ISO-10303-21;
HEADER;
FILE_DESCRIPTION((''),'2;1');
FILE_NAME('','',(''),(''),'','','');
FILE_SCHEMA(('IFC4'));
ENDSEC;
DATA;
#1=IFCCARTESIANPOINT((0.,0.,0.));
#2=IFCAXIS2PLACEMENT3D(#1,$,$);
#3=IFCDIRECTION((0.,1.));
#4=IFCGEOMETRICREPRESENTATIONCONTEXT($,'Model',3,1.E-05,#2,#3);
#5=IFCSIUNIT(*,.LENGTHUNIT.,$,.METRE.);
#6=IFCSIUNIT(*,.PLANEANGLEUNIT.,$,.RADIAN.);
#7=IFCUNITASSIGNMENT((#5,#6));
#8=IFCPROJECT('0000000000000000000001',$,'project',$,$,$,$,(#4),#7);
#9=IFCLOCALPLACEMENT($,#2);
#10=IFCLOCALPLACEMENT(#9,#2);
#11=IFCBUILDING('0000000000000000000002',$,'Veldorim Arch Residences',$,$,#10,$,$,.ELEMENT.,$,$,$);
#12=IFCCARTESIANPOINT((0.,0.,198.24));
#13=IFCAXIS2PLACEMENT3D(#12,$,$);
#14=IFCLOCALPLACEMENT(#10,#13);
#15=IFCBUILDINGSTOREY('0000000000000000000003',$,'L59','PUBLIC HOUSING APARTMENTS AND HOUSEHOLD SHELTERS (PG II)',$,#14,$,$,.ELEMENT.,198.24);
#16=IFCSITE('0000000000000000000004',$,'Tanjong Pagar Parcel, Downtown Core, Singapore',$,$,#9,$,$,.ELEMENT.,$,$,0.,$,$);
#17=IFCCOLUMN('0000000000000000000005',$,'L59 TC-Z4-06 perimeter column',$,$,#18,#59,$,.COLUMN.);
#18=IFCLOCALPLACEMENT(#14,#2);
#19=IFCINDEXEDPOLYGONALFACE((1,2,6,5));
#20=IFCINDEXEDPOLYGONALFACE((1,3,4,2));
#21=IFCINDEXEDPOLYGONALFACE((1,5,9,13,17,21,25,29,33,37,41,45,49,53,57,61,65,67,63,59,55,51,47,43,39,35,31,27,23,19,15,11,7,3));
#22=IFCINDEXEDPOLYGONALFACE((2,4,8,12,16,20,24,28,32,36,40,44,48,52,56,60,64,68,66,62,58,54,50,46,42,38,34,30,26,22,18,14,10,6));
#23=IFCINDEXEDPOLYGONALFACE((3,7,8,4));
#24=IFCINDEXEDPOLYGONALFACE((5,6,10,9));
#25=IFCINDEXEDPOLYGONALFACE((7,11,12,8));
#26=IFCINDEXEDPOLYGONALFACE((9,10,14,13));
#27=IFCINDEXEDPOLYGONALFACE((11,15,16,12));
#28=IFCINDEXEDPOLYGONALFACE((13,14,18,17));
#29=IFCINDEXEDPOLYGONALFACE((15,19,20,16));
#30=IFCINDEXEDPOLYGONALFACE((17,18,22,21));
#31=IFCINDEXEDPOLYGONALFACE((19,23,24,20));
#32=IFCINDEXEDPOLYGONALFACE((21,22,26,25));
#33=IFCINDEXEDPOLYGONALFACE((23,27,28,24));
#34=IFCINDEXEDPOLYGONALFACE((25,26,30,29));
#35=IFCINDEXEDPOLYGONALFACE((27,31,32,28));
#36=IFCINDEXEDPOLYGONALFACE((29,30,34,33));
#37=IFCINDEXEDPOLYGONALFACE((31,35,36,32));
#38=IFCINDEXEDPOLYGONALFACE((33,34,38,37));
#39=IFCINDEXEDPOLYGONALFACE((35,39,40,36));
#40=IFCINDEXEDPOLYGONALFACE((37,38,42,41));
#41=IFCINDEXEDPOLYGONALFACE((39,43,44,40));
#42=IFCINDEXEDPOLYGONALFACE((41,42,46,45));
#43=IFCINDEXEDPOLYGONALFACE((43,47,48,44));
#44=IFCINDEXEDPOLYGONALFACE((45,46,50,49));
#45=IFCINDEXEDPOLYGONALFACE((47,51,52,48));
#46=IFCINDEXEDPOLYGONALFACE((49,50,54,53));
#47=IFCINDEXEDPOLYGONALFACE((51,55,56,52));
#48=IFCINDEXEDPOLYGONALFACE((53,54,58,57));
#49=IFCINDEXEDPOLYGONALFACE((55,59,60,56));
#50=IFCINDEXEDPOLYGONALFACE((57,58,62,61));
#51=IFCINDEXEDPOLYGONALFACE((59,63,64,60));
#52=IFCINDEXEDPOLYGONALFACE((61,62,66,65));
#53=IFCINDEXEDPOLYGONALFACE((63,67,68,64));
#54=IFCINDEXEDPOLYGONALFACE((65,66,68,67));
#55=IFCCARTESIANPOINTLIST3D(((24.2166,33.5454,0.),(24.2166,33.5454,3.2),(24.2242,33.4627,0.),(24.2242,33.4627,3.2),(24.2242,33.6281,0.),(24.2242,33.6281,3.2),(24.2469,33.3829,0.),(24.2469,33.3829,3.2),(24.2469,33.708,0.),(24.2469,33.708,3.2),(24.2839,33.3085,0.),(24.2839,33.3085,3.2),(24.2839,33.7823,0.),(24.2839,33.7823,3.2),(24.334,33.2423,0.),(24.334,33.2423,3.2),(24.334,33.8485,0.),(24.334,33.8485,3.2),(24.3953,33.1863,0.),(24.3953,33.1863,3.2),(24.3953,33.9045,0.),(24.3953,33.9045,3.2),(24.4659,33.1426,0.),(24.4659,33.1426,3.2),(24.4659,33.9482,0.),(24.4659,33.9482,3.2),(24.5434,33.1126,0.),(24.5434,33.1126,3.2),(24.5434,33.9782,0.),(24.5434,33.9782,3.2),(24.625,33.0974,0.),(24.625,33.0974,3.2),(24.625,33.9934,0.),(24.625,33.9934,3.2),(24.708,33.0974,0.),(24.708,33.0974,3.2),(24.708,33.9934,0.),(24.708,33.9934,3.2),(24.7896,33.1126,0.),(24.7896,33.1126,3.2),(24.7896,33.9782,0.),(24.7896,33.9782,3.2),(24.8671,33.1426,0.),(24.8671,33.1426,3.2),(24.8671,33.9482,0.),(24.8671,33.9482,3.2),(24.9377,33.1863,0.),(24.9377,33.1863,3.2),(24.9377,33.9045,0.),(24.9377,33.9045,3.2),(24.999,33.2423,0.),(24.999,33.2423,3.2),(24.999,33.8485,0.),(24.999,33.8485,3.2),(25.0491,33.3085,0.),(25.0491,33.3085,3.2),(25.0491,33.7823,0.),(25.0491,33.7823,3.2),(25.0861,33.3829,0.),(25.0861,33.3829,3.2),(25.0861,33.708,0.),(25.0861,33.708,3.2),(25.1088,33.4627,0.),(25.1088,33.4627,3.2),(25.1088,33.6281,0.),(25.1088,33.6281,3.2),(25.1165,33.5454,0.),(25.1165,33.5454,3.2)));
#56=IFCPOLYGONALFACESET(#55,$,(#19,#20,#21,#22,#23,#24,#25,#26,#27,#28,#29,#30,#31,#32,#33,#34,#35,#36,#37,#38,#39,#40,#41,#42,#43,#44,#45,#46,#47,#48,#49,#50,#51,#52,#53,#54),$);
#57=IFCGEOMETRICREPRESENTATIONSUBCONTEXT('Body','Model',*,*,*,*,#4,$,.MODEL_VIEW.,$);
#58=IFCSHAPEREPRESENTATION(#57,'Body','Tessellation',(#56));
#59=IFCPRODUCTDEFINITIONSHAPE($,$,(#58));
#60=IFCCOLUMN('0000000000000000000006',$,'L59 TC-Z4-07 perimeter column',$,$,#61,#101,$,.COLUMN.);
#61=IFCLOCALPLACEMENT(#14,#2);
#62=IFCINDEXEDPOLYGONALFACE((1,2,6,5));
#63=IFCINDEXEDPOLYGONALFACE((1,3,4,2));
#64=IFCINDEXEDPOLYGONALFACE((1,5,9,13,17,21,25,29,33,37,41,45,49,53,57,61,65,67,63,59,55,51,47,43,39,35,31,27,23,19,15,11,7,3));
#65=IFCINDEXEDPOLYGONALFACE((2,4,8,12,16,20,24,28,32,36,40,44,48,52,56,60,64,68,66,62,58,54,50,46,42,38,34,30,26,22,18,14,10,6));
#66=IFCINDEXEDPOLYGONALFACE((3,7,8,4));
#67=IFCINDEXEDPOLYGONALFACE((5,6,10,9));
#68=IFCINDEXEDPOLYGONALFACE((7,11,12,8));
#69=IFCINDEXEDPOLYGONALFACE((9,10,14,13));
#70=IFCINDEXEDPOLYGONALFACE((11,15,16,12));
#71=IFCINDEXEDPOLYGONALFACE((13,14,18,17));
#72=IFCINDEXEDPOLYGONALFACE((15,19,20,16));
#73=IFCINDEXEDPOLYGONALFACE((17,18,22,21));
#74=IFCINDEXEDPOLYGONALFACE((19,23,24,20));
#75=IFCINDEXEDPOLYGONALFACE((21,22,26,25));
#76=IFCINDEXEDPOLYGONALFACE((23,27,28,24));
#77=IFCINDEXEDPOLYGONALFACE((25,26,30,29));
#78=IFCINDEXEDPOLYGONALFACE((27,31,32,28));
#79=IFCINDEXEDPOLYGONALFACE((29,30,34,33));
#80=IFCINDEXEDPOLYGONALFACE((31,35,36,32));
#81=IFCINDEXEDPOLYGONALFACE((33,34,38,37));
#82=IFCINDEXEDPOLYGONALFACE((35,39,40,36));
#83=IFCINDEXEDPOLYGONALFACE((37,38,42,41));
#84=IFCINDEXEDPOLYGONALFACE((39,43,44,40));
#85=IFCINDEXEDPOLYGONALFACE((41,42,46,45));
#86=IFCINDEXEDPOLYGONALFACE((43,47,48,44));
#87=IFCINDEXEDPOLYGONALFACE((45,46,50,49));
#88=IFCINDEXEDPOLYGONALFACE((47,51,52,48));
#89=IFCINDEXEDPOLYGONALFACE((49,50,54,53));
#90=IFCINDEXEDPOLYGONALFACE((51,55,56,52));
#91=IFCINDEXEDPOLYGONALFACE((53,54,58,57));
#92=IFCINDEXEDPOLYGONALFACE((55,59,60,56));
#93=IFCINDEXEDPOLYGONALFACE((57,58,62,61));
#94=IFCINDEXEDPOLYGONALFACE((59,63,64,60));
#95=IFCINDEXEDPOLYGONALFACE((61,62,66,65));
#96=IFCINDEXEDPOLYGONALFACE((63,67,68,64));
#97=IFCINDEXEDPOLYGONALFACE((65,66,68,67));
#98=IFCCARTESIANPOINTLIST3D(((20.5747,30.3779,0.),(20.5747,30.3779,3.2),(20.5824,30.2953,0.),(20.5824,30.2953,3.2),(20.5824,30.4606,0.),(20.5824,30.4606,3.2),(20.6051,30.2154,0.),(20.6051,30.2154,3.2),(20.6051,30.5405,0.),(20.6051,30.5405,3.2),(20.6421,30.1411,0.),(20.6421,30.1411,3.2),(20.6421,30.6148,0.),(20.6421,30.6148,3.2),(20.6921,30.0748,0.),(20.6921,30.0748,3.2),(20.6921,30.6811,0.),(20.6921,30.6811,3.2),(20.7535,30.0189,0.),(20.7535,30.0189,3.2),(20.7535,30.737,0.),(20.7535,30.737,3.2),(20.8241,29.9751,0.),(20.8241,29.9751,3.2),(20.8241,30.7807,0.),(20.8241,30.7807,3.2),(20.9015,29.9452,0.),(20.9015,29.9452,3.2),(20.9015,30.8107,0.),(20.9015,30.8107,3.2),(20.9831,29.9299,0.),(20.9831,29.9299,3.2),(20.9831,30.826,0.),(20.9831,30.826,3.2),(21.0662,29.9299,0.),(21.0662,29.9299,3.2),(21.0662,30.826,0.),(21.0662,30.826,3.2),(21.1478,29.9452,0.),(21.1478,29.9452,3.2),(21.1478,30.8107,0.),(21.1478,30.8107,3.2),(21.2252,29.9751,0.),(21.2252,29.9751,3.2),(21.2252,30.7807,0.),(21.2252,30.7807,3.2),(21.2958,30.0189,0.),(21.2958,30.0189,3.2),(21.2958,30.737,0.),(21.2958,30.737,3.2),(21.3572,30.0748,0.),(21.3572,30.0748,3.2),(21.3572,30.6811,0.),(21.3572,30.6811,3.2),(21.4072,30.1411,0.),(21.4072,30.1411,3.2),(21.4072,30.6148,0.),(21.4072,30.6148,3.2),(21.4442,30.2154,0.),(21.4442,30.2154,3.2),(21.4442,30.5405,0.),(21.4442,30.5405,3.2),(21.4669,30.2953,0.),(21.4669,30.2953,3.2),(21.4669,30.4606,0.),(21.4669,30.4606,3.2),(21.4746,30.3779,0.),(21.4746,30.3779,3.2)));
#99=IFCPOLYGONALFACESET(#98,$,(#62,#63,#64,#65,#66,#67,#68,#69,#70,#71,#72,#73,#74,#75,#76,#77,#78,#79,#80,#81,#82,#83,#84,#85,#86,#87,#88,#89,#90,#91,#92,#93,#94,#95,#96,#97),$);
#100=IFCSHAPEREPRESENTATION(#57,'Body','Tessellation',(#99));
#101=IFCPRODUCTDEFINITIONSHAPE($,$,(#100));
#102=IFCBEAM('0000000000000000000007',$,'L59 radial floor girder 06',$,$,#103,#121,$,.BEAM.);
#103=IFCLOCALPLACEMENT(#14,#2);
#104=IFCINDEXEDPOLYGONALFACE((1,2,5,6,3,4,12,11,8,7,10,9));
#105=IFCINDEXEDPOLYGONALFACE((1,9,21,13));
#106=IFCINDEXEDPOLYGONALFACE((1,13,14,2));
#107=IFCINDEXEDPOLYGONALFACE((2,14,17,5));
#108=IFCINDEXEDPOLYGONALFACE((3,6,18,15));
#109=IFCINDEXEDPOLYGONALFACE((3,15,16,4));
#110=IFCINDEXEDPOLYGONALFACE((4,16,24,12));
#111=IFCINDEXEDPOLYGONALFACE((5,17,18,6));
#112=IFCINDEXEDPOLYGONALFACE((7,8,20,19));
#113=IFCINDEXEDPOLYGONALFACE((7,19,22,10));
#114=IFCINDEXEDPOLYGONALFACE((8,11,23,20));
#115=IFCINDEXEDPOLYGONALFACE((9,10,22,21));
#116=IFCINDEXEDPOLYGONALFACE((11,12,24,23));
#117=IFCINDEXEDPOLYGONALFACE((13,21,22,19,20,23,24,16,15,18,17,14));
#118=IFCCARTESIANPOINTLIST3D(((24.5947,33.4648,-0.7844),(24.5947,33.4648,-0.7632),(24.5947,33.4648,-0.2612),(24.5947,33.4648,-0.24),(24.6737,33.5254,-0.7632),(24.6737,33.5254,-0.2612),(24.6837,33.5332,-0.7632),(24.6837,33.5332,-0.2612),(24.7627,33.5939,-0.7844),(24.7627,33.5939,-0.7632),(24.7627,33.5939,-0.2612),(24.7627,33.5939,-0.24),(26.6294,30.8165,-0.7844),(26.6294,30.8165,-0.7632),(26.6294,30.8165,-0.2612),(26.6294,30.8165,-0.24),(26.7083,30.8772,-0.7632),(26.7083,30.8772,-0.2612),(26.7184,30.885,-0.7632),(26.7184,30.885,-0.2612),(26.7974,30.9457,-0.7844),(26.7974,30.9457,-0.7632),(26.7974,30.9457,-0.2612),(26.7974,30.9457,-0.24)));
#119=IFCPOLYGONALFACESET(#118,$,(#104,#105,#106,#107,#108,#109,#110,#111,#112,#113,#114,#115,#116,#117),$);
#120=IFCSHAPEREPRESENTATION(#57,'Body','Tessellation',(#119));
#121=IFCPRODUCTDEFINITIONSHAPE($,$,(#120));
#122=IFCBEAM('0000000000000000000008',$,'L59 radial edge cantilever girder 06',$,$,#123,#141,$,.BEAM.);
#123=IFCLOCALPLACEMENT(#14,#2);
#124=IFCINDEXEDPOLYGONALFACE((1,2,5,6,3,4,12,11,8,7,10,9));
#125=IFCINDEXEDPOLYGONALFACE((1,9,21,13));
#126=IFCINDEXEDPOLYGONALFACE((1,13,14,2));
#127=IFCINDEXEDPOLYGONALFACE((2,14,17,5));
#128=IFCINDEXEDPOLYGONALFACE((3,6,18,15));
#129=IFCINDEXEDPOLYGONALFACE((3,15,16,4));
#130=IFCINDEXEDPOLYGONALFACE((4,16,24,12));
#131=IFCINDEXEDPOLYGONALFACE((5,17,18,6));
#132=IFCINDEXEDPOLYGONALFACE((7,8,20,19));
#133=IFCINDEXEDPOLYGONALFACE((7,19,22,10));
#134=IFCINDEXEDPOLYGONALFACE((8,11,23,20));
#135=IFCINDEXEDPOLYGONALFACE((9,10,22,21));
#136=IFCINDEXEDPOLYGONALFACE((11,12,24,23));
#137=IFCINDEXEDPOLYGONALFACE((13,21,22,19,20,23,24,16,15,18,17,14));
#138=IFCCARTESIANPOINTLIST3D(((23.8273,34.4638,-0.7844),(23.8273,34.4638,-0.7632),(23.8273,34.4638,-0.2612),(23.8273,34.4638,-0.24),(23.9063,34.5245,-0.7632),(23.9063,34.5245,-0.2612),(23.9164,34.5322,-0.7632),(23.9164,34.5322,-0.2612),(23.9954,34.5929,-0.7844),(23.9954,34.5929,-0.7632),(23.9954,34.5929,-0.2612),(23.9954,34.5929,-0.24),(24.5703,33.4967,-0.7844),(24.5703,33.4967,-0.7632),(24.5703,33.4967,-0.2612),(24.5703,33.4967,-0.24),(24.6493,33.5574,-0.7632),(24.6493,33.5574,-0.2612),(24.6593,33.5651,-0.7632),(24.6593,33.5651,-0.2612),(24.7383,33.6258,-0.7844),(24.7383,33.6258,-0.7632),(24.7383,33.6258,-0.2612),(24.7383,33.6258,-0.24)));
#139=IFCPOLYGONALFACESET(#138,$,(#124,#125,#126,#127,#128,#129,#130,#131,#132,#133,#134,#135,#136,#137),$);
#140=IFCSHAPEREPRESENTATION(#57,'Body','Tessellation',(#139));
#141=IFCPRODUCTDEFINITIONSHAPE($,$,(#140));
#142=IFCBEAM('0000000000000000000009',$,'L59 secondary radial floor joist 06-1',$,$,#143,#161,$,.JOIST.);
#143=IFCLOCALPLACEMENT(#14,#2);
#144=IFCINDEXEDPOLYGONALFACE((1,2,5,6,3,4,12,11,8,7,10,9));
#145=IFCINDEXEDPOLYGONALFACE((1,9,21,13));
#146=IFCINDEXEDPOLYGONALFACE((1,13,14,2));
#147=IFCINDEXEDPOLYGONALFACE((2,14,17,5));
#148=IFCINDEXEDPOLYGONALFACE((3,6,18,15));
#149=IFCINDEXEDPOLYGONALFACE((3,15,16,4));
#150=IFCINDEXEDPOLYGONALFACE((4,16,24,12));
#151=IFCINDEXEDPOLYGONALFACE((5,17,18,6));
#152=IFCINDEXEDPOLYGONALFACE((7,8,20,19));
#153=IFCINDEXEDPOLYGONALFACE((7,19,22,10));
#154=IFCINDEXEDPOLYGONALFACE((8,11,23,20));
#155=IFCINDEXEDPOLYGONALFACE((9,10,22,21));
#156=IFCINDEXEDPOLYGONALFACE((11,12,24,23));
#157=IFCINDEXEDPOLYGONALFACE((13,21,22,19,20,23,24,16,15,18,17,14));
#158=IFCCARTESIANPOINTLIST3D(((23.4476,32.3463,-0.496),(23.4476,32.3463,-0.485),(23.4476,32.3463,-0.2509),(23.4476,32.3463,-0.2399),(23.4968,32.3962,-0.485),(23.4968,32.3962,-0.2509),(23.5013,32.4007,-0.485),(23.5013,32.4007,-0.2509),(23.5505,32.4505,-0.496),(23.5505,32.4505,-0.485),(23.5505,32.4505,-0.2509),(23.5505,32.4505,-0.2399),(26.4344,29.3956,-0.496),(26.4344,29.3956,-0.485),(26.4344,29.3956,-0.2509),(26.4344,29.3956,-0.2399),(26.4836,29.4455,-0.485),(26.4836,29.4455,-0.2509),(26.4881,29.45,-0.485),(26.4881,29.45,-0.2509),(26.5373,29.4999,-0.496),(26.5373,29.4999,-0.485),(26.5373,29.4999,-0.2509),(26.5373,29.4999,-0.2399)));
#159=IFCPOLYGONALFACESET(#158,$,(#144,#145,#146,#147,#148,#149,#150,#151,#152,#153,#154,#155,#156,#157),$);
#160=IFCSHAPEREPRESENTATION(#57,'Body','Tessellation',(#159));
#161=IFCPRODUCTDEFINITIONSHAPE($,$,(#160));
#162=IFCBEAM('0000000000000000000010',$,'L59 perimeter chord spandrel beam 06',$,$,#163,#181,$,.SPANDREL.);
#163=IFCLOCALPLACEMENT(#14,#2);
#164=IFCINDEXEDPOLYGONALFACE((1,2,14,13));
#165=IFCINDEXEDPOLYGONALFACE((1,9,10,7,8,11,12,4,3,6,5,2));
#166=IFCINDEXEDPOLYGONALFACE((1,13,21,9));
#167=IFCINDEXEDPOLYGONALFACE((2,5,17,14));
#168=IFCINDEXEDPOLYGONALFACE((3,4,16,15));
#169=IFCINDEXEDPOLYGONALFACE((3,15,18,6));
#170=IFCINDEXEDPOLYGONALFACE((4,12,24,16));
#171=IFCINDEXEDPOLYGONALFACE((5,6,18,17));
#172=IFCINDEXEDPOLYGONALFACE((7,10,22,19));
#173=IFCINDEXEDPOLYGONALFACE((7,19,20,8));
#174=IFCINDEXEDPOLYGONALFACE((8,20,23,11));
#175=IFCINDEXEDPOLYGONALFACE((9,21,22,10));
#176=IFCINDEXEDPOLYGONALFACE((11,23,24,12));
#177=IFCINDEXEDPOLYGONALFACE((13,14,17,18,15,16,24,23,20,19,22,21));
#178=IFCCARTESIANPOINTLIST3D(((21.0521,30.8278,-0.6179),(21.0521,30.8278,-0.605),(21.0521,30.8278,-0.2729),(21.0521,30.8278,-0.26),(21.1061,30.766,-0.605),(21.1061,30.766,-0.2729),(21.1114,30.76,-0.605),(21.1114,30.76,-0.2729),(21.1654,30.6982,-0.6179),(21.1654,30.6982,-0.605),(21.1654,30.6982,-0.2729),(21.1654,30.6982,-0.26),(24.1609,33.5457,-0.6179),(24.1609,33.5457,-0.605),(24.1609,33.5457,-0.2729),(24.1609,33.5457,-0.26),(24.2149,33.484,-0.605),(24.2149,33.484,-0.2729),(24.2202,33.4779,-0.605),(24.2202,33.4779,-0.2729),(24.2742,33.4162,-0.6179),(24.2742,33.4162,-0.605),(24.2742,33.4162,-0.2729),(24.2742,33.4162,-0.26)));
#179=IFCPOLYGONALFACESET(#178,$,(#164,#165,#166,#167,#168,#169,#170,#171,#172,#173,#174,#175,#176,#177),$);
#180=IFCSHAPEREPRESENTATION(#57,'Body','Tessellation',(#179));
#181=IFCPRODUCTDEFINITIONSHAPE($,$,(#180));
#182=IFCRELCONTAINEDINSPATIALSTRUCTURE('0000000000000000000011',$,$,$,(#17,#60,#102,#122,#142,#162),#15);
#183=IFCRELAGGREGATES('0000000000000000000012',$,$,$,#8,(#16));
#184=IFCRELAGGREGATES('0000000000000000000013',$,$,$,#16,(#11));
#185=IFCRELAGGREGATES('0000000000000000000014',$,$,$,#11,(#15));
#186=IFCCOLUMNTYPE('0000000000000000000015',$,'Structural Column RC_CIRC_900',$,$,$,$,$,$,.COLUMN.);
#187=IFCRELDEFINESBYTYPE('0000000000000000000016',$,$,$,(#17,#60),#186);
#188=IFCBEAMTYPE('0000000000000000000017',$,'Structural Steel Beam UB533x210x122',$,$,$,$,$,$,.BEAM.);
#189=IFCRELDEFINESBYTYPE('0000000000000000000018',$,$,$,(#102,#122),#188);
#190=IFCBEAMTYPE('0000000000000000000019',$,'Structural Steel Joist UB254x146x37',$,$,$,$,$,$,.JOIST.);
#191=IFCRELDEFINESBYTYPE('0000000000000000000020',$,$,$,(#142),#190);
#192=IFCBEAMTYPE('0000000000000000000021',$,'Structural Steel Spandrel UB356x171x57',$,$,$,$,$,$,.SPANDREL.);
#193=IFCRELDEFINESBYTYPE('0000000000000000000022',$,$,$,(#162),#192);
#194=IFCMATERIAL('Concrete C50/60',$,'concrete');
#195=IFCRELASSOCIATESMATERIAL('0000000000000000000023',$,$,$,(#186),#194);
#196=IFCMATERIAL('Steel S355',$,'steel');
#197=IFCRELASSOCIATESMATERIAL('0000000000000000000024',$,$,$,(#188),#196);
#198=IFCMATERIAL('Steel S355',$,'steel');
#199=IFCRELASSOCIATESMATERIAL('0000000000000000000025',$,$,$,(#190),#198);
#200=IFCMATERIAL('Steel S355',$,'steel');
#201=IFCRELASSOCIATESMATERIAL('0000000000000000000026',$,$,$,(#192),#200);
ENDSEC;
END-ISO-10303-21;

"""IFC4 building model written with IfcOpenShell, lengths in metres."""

from ifc_helpers import new_model, si_unit, direction, frame, origin, origin_2d, place, context, subcontext, project, spatial, circle, i_section, extrude, material, material_profile, profile_set, type_object, element, save


model = new_model("IFC4")

# Units and contexts
model_context = context("Model", 3, precision=1e-05, world=origin(), true_north=direction((0.0, 1.0)))
body_context = subcontext(model_context, "Body", "Model", "MODEL_VIEW")
ifc_project = project(units=[si_unit("LENGTHUNIT", "METRE"), si_unit("PLANEANGLEUNIT", "RADIAN")], contexts=[model_context])

# Site, building, storey
site_placement = place(None, origin())
site = spatial("IfcSite", under=ifc_project, at=site_placement, Name="Tanjong Pagar Parcel, Downtown Core, Singapore", CompositionType="ELEMENT", RefElevation=0.0)
building_placement = place(site_placement, origin())
building = spatial("IfcBuilding", under=site, at=building_placement, Name="Veldorim Arch Residences", CompositionType="ELEMENT")
storey_placement = place(building_placement, frame((0.0, 0.0, 198.24)))
storey = spatial("IfcBuildingStorey", under=building, at=storey_placement, Name="L59", Description="PUBLIC HOUSING APARTMENTS AND HOUSEHOLD SHELTERS (PG II)", CompositionType="ELEMENT", Elevation=198.24)

# Columns
ifc_material_1 = material(Name="Concrete C50/60", Category="concrete")
ifc_material_profile_1 = material_profile(ifc_material_1, circle(Radius=0.45, at=origin_2d()), Name="RC_CIRC_900")
ifc_profile_set_1 = profile_set([ifc_material_profile_1], Name="Concrete C50/60")
column_type = type_object("IfcColumnType", Name="Structural Column RC_CIRC_900", PredefinedType="COLUMN", material=ifc_profile_set_1)
for number, where, z_axis, x_axis, name in (
    (1, (24.6665, 33.5454, 0.0), (0.0, 0.0, 1.0), (1.0, 0.0, 0.0), "L59 TC-Z4-06 perimeter column"),
    (2, (21.0247, 30.3779, 0.0), (0.0, 0.0, 1.0), (1.0, 0.0, 0.0), "L59 TC-Z4-07 perimeter column"),
):
    element("IfcColumn", number, at=place(storey_placement, frame(where, z_axis=z_axis, x_axis=x_axis)), inside=storey, type_object=column_type, Name=name, PredefinedType="COLUMN", context=body_context, shape_type="SweptSolid", body=[
        extrude(circle(Radius=0.45, at=origin_2d()), origin(), (0.0, 0.0, 1.0), 3.2),
    ])

# Beams
ifc_material_2 = material(Name="Steel S355", Category="steel")
ifc_material_profile_2 = material_profile(ifc_material_2, i_section(OverallWidth=0.2119, OverallDepth=0.5444, WebThickness=0.0127, FlangeThickness=0.0212, at=origin_2d()), Name="UB533x210x122")
ifc_profile_set_2 = profile_set([ifc_material_profile_2], Name="Steel S355")
beam_type_1 = type_object("IfcBeamType", Name="Structural Steel Beam UB533x210x122", PredefinedType="BEAM", material=ifc_profile_set_2)
beam_1_placement = place(storey_placement, frame((26.7134, 30.8811, -0.5122), z_axis=(-0.609258, 0.792972, 0.0), x_axis=(-0.792972, -0.609258, 0.0)))
element("IfcBeam", 3, at=beam_1_placement, inside=storey, type_object=beam_type_1, Name="L59 radial floor girder 06", PredefinedType="BEAM", context=body_context, shape_type="SweptSolid", body=[
    extrude(i_section(OverallWidth=0.2119, OverallDepth=0.5444, WebThickness=0.0127, FlangeThickness=0.0212, at=origin_2d()), origin(), (0.0, 0.0, 1.0), 3.3396),
])
beam_2_placement = place(storey_placement, frame((24.6543, 33.5613, -0.5122), z_axis=(-0.609217, 0.793003, 0.0), x_axis=(-0.793003, -0.609217, 0.0)))
element("IfcBeam", 4, at=beam_2_placement, inside=storey, type_object=beam_type_1, Name="L59 radial edge cantilever girder 06", PredefinedType="BEAM", context=body_context, shape_type="SweptSolid", body=[
    extrude(i_section(OverallWidth=0.2119, OverallDepth=0.5444, WebThickness=0.0127, FlangeThickness=0.0212, at=origin_2d()), origin(), (0.0, 0.0, 1.0), 1.2195),
])
ifc_material_3 = material(Name="Steel S355", Category="steel")
ifc_material_profile_3 = material_profile(ifc_material_3, i_section(OverallWidth=0.1465, OverallDepth=0.2561, WebThickness=0.0063, FlangeThickness=0.011, at=origin_2d()), Name="UB254x146x37")
ifc_profile_set_3 = profile_set([ifc_material_profile_3], Name="Steel S355")
beam_type_2 = type_object("IfcBeamType", Name="Structural Steel Joist UB254x146x37", PredefinedType="JOIST", material=ifc_profile_set_3)
beam_3_placement = place(storey_placement, frame((26.4858, 29.4478, -0.3679), z_axis=(-0.711397, 0.702791, 0.0), x_axis=(-0.702791, -0.711397, 0.0)))
element("IfcBeam", 5, at=beam_3_placement, inside=storey, type_object=beam_type_2, Name="L59 secondary radial floor joist 06-1", PredefinedType="JOIST", context=body_context, shape_type="SweptSolid", body=[
    extrude(i_section(OverallWidth=0.1465, OverallDepth=0.2561, WebThickness=0.0063, FlangeThickness=0.011, at=origin_2d()), origin(), (0.0, 0.0, 1.0), 4.1985),
])
ifc_material_4 = material(Name="Steel S355", Category="steel")
ifc_material_profile_4 = material_profile(ifc_material_4, i_section(OverallWidth=0.1721, OverallDepth=0.3579, WebThickness=0.0081, FlangeThickness=0.0129, at=origin_2d()), Name="UB356x171x57")
ifc_profile_set_4 = profile_set([ifc_material_profile_4], Name="Steel S355")
beam_type_3 = type_object("IfcBeamType", Name="Structural Steel Spandrel UB356x171x57", PredefinedType="SPANDREL", material=ifc_profile_set_4)
beam_4_placement = place(storey_placement, frame((24.2175, 33.481, -0.439), z_axis=(-0.752848, -0.658195, 0.0), x_axis=(0.658195, -0.752848, 0.0)))
element("IfcBeam", 6, at=beam_4_placement, inside=storey, type_object=beam_type_3, Name="L59 perimeter chord spandrel beam 06", PredefinedType="SPANDREL", context=body_context, shape_type="SweptSolid", body=[
    extrude(i_section(OverallWidth=0.1721, OverallDepth=0.3579, WebThickness=0.0081, FlangeThickness=0.0129, at=origin_2d()), origin(), (0.0, 0.0, 1.0), 4.1294),
])

save(model, "model.ifc")
